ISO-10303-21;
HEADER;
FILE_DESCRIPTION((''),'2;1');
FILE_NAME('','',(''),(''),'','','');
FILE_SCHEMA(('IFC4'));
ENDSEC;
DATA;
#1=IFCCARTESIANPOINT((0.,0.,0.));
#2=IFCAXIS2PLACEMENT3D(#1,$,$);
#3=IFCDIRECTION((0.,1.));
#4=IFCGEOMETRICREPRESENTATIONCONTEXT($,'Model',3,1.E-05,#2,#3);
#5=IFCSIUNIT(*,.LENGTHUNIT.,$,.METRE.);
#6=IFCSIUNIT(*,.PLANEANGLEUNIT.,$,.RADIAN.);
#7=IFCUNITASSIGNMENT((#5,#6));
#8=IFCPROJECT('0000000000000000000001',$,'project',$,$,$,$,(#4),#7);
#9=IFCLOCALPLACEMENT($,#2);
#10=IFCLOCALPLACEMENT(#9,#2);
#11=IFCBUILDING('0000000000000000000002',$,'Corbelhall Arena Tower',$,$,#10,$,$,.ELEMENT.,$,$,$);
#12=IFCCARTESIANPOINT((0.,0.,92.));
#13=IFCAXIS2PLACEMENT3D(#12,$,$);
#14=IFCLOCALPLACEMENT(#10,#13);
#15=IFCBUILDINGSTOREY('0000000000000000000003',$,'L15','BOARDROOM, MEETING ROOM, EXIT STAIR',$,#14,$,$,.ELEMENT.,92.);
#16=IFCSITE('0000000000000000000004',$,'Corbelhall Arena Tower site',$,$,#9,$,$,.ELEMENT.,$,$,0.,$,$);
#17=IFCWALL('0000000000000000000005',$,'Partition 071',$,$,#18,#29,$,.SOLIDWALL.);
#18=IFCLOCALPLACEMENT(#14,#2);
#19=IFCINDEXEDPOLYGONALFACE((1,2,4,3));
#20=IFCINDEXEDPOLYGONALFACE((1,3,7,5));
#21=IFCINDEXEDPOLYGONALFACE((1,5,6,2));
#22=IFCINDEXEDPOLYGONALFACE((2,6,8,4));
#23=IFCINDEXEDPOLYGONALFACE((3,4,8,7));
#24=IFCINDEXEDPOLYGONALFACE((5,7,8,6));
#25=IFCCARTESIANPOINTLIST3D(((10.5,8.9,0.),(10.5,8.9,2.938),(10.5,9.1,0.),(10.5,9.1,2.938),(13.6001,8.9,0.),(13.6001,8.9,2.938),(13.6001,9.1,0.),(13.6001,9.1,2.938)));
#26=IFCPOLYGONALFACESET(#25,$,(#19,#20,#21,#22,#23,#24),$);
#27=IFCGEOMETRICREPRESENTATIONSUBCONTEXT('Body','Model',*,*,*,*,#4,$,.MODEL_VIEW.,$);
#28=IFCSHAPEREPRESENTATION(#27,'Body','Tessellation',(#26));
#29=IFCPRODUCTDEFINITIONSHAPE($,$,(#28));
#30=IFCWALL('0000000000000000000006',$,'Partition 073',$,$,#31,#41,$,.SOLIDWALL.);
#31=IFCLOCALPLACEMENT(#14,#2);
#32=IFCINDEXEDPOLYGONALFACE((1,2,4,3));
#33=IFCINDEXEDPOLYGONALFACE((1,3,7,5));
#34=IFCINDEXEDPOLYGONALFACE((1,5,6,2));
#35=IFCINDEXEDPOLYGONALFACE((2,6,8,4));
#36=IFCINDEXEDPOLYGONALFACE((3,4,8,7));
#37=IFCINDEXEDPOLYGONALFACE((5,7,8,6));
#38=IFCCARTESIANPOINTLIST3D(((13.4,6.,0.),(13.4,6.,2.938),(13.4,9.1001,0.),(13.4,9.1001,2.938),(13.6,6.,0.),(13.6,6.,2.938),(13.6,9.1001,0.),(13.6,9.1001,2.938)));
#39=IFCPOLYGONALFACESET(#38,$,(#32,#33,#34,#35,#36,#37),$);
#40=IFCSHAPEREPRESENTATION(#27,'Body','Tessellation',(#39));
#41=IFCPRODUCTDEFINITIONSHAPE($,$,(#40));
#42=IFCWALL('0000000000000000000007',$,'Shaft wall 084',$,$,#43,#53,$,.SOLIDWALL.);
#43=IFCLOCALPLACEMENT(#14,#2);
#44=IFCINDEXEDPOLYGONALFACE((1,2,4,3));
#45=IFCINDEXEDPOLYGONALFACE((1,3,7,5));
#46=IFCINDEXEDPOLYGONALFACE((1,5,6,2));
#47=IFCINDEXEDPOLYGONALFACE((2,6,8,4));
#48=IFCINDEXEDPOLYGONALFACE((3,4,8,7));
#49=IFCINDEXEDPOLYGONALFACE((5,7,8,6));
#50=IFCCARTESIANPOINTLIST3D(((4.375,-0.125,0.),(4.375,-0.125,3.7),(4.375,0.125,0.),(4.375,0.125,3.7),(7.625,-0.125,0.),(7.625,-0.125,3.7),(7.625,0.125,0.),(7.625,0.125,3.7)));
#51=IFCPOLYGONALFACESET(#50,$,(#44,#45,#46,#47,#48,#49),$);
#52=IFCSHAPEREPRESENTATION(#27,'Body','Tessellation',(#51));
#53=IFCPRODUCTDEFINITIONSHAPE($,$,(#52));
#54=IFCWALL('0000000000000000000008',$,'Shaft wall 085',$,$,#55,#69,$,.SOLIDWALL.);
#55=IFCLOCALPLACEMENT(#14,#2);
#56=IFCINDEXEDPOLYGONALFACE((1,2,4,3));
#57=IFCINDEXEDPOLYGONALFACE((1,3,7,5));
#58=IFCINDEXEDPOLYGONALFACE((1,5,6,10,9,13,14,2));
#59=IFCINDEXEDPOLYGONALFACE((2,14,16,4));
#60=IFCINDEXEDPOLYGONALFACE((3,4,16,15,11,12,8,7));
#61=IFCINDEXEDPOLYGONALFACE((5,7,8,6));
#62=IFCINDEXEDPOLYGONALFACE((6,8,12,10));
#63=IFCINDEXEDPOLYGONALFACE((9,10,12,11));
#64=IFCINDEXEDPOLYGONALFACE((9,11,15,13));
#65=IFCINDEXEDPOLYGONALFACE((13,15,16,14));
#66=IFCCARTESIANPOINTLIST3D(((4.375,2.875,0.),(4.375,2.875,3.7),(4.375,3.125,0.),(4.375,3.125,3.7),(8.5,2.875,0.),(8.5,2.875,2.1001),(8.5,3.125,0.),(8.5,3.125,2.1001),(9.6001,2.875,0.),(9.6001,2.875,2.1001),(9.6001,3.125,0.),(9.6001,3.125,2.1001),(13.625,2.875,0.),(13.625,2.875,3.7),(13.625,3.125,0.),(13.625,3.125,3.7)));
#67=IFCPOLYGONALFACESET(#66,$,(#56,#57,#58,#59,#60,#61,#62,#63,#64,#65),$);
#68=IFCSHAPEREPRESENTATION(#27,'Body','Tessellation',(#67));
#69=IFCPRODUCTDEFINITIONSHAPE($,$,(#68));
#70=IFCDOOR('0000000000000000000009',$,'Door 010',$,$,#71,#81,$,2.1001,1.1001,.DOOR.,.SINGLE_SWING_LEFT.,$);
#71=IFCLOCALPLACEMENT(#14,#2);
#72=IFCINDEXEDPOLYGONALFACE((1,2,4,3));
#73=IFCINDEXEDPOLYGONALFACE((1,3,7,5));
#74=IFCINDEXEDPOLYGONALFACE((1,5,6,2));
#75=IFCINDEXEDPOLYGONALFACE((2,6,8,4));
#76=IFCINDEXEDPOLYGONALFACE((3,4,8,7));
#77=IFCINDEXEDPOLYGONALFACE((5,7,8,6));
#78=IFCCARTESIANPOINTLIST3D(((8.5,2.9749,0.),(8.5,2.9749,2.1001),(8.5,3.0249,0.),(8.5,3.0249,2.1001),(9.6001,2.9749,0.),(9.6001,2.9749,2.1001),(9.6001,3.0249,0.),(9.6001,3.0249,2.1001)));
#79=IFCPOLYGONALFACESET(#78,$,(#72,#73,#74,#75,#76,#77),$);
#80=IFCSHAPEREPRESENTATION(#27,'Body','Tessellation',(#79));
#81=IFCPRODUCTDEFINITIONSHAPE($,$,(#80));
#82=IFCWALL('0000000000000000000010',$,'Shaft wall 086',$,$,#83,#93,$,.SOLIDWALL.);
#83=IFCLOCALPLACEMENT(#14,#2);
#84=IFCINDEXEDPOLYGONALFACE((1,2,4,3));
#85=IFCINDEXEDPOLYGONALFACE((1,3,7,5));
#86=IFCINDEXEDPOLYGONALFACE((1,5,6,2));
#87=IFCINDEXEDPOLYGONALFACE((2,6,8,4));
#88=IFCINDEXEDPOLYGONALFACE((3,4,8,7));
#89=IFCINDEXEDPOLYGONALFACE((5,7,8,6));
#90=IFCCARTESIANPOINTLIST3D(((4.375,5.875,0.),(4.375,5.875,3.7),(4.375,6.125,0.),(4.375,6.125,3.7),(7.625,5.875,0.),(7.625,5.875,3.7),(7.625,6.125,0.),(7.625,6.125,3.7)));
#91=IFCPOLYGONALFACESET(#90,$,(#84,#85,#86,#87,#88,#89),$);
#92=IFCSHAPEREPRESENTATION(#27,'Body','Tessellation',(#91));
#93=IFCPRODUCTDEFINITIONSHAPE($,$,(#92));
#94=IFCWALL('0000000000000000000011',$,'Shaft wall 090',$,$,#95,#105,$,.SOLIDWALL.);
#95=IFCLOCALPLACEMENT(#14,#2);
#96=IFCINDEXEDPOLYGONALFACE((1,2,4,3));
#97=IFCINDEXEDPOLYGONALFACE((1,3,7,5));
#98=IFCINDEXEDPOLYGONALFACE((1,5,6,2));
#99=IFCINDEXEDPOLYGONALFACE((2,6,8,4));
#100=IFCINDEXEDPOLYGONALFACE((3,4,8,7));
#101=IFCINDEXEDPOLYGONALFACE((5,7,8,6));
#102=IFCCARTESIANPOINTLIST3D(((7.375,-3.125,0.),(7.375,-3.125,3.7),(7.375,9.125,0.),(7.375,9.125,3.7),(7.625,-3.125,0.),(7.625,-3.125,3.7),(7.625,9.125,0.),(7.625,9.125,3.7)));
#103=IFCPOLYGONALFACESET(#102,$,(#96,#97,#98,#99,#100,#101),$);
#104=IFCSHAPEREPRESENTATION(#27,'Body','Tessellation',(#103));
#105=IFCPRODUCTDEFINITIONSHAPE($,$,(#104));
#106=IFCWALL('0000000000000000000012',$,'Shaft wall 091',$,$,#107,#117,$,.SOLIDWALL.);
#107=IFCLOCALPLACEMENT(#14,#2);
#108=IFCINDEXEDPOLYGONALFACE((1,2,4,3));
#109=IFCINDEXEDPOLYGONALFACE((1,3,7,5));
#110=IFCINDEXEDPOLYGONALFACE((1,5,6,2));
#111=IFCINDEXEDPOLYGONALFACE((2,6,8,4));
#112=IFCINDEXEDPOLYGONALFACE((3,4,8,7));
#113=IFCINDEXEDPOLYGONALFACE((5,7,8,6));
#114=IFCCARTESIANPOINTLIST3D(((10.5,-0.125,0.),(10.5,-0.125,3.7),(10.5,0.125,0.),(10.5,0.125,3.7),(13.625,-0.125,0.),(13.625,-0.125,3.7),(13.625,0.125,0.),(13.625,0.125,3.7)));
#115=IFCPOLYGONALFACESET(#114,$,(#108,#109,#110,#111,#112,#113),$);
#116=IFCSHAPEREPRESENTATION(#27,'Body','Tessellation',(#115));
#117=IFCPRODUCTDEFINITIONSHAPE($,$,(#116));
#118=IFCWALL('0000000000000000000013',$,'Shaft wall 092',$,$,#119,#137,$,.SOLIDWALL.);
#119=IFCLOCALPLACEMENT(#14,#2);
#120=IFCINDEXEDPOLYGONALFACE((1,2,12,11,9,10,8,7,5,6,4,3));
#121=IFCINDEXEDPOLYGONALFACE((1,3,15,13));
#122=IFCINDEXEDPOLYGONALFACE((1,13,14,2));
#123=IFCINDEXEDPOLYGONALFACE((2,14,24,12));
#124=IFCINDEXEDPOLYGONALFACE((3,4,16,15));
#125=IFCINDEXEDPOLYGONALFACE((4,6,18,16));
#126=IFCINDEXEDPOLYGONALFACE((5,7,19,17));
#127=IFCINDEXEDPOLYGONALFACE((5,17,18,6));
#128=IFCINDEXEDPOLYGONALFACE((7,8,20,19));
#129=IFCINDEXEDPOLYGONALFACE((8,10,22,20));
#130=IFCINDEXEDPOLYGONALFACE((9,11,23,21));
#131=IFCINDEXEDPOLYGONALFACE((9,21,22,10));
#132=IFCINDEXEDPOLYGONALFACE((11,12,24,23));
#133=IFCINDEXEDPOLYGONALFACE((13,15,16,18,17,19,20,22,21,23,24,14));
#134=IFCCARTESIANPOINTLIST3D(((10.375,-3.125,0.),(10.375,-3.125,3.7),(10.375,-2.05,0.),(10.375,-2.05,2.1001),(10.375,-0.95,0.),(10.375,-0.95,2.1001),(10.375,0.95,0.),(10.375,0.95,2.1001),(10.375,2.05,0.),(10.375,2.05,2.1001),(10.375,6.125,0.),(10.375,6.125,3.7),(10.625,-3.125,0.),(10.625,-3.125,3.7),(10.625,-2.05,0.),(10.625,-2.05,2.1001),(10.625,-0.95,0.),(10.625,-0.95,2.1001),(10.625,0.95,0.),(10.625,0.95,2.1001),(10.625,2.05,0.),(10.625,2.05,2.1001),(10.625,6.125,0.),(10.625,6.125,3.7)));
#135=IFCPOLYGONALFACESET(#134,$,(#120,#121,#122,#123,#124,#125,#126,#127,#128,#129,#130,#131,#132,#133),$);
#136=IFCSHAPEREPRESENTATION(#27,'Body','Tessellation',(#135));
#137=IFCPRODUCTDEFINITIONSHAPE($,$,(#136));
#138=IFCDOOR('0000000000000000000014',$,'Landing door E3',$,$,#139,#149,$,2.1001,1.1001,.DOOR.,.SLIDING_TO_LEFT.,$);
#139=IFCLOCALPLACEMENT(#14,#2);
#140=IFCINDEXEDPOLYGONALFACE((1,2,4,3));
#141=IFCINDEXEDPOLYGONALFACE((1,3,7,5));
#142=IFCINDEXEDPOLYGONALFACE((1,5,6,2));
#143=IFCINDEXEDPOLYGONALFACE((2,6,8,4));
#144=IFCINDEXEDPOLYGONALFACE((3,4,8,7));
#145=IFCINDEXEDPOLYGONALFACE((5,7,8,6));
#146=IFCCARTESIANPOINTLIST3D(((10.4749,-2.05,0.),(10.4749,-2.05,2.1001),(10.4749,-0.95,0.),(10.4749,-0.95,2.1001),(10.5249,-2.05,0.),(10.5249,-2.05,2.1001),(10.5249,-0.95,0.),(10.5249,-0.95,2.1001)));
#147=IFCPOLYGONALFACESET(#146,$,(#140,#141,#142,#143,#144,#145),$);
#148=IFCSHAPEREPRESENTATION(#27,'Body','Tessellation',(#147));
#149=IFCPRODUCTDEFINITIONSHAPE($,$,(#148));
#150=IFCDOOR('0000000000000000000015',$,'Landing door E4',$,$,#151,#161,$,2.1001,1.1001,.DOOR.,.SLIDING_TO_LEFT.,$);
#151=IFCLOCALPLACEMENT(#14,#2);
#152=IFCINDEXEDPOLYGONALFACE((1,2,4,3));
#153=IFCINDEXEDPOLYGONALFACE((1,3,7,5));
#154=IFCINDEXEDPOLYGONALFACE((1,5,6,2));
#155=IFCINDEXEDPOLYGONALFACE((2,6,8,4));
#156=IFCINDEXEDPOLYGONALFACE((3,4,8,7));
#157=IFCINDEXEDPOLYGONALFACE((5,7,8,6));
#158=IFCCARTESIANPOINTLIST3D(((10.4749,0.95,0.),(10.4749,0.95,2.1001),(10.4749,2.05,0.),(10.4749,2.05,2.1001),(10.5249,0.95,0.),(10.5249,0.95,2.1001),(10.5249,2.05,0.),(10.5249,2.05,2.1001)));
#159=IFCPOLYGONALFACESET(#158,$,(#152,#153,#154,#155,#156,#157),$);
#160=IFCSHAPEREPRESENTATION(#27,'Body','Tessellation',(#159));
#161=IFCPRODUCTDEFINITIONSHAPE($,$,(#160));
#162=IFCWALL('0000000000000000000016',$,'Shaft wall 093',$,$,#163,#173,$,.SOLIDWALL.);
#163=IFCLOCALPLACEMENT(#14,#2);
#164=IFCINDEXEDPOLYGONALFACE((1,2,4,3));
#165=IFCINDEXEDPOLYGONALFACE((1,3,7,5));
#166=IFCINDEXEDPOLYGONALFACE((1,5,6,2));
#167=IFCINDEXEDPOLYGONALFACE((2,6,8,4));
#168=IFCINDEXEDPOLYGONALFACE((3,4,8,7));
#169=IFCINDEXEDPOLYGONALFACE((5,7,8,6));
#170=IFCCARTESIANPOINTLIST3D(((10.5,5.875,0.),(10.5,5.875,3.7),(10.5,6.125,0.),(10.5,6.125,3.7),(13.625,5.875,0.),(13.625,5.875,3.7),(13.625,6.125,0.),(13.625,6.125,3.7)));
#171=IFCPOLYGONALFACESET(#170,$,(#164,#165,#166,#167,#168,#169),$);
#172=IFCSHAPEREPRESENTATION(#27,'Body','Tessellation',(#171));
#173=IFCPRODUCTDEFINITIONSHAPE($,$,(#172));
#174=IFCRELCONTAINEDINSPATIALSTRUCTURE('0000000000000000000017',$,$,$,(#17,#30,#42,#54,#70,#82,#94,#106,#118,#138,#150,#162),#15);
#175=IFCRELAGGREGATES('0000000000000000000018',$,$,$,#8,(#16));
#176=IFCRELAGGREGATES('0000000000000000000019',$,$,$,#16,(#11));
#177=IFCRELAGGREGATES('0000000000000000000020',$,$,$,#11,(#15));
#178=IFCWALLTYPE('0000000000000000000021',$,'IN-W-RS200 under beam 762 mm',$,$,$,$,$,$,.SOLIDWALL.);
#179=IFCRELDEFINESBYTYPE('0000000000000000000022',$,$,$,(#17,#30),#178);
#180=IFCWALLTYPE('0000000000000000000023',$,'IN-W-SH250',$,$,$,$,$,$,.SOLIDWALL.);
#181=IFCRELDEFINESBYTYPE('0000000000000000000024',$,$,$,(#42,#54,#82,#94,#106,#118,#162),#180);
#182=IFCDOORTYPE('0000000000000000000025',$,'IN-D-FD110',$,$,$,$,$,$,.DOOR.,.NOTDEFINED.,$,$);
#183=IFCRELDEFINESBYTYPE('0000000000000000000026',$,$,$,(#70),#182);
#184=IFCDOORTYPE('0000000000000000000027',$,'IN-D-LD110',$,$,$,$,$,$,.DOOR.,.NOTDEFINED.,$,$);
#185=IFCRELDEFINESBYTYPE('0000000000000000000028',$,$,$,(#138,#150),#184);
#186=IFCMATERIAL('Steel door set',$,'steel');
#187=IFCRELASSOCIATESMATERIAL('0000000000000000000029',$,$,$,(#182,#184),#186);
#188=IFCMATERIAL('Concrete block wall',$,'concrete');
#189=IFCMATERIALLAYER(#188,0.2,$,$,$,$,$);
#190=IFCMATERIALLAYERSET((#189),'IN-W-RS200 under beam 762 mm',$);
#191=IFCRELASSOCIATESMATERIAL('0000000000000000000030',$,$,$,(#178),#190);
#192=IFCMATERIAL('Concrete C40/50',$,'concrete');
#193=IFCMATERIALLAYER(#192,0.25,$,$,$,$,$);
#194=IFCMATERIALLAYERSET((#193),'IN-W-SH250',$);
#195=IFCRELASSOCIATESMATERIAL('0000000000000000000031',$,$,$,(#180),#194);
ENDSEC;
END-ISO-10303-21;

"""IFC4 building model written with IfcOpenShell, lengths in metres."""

from ifc_helpers import new_model, si_unit, direction, frame, frame_2d, origin, place, context, subcontext, project, spatial, rectangle, extrude, material, layer, layer_set, type_object, element, fill, save


model = new_model("IFC4")

# Units and contexts
model_context = context("Model", 3, precision=1e-05, world=origin(), true_north=direction((0.0, 1.0)))
body_context = subcontext(model_context, "Body", "Model", "MODEL_VIEW")
ifc_project = project(units=[si_unit("LENGTHUNIT", "METRE"), si_unit("PLANEANGLEUNIT", "RADIAN")], contexts=[model_context])

# Site, building, storey
site_placement = place(None, origin())
site = spatial("IfcSite", under=ifc_project, at=site_placement, Name="Corbelhall Arena Tower site", CompositionType="ELEMENT", RefElevation=0.0)
building_placement = place(site_placement, origin())
building = spatial("IfcBuilding", under=site, at=building_placement, Name="Corbelhall Arena Tower", CompositionType="ELEMENT")
storey_placement = place(building_placement, frame((0.0, 0.0, 92.0)))
storey = spatial("IfcBuildingStorey", under=building, at=storey_placement, Name="L15", Description="BOARDROOM, MEETING ROOM, EXIT STAIR", CompositionType="ELEMENT", Elevation=92.0)

# Shared definitions
ifc_material_1 = material(Name="Concrete C40/50", Category="concrete")

# Shared definitions
ifc_material_2 = material(Name="Concrete block wall", Category="concrete")
ifc_material_3 = material(Name="Steel door set", Category="steel")
door_type_1 = type_object("IfcDoorType", Name="IN-D-FD110", OperationType="NOTDEFINED", PredefinedType="DOOR", material=ifc_material_3)

# Walls
ifc_layer_1 = layer(ifc_material_2, 0.2)
ifc_layer_set_1 = layer_set([ifc_layer_1], Name="IN-W-RS200 under beam 762 mm")
wall_type_1 = type_object("IfcWallType", Name="IN-W-RS200 under beam 762 mm", PredefinedType="SOLIDWALL", material=ifc_layer_set_1)
for number, where, z_axis, x_axis, name in (
    (1, (10.5, 9.0, 0.0), (0.0, 0.0, 1.0), (1.0, 0.0, 0.0), "Partition 071"),
    (2, (13.5, 9.1001, 0.0), (0.0, 0.0, 1.0), (0.0, -1.0, 0.0), "Partition 073"),
):
    element("IfcWall", number, at=place(storey_placement, frame(where, z_axis=z_axis, x_axis=x_axis)), inside=storey, type_object=wall_type_1, Name=name, PredefinedType="SOLIDWALL", context=body_context, shape_type="SweptSolid", body=[
        extrude(rectangle(XDim=3.1001, YDim=0.2, at=frame_2d((1.55, 0.0))), origin(), (0.0, 0.0, 1.0), 2.938),
    ])
ifc_layer_2 = layer(ifc_material_1, 0.25)
ifc_layer_set_2 = layer_set([ifc_layer_2], Name="IN-W-SH250")
wall_type_2 = type_object("IfcWallType", Name="IN-W-SH250", PredefinedType="SOLIDWALL", material=ifc_layer_set_2)
wall_1_placement = place(storey_placement, frame((4.375, 0.0, 0.0), z_axis=(0.0, 0.0, 1.0), x_axis=(1.0, 0.0, 0.0)))
element("IfcWall", 3, at=wall_1_placement, inside=storey, type_object=wall_type_2, Name="Shaft wall 084", PredefinedType="SOLIDWALL", context=body_context, shape_type="SweptSolid", body=[
    extrude(rectangle(XDim=3.25, YDim=0.25, at=frame_2d((1.625, 0.0))), origin(), (0.0, 0.0, 1.0), 3.7),
])

# Wall, opening, door
wall_2_placement = place(storey_placement, frame((4.375, 3.0, 0.0), z_axis=(0.0, 0.0, 1.0), x_axis=(1.0, 0.0, 0.0)))
wall_2 = element("IfcWall", 4, at=wall_2_placement, inside=storey, type_object=wall_type_2, Name="Shaft wall 085", PredefinedType="SOLIDWALL", context=body_context, shape_type="SweptSolid", body=[
    extrude(rectangle(XDim=9.25, YDim=0.25, at=frame_2d((4.625, 0.0))), origin(), (0.0, 0.0, 1.0), 3.7),
])
opening_1_placement = place(wall_2_placement, frame((4.125, 0.0, 0.0)))
opening_1 = element("IfcOpeningElement", 5, at=opening_1_placement, cuts=wall_2, PredefinedType="OPENING", context=body_context, shape_type="SweptSolid", body=[
    extrude(rectangle(XDim=1.1001, YDim=2.1001, at=frame_2d((0.55, 1.05))), frame((0.0, 0.125, 0.0), z_axis=(0.0, -1.0, 0.0), x_axis=(1.0, 0.0, 0.0)), (0.0, 0.0, 1.0), 0.25),
])
door_1_placement = place(opening_1_placement, origin())
door_1 = element("IfcDoor", 6, at=door_1_placement, inside=storey, type_object=door_type_1, Name="Door 010", OperationType="SINGLE_SWING_LEFT", OverallHeight=2.1001, OverallWidth=1.1001, PredefinedType="DOOR", context=body_context, shape_type="SweptSolid", body=[
    extrude(rectangle(XDim=1.1001, YDim=2.1001, at=frame_2d((0.55, 1.05))), frame((0.0, 0.0249, 0.0), z_axis=(0.0, -1.0, 0.0), x_axis=(1.0, 0.0, 0.0)), (0.0, 0.0, 1.0), 0.05),
])
fill(opening_1, door_1)

# Walls
wall_3_placement = place(storey_placement, frame((4.375, 6.0, 0.0), z_axis=(0.0, 0.0, 1.0), x_axis=(1.0, 0.0, 0.0)))
element("IfcWall", 7, at=wall_3_placement, inside=storey, type_object=wall_type_2, Name="Shaft wall 086", PredefinedType="SOLIDWALL", context=body_context, shape_type="SweptSolid", body=[
    extrude(rectangle(XDim=3.25, YDim=0.25, at=frame_2d((1.625, 0.0))), origin(), (0.0, 0.0, 1.0), 3.7),
])
wall_4_placement = place(storey_placement, frame((7.5, 9.125, 0.0), z_axis=(0.0, 0.0, 1.0), x_axis=(0.0, -1.0, 0.0)))
element("IfcWall", 8, at=wall_4_placement, inside=storey, type_object=wall_type_2, Name="Shaft wall 090", PredefinedType="SOLIDWALL", context=body_context, shape_type="SweptSolid", body=[
    extrude(rectangle(XDim=12.25, YDim=0.25, at=frame_2d((6.125, 0.0))), origin(), (0.0, 0.0, 1.0), 3.7),
])
wall_5_placement = place(storey_placement, frame((10.5, 0.0, 0.0), z_axis=(0.0, 0.0, 1.0), x_axis=(1.0, 0.0, 0.0)))
element("IfcWall", 9, at=wall_5_placement, inside=storey, type_object=wall_type_2, Name="Shaft wall 091", PredefinedType="SOLIDWALL", context=body_context, shape_type="SweptSolid", body=[
    extrude(rectangle(XDim=3.125, YDim=0.25, at=frame_2d((1.5625, 0.0))), origin(), (0.0, 0.0, 1.0), 3.7),
])

# Wall, openings, doors
wall_6_placement = place(storey_placement, frame((10.5, 6.125, 0.0), z_axis=(0.0, 0.0, 1.0), x_axis=(0.0, -1.0, 0.0)))
wall_6 = element("IfcWall", 10, at=wall_6_placement, inside=storey, type_object=wall_type_2, Name="Shaft wall 092", PredefinedType="SOLIDWALL", context=body_context, shape_type="SweptSolid", body=[
    extrude(rectangle(XDim=9.25, YDim=0.25, at=frame_2d((4.625, 0.0))), origin(), (0.0, 0.0, 1.0), 3.7),
])
opening_2_placement = place(wall_6_placement, frame((7.075, 0.0, 0.0)))
opening_2 = element("IfcOpeningElement", 11, at=opening_2_placement, cuts=wall_6, PredefinedType="OPENING", context=body_context, shape_type="SweptSolid", body=[
    extrude(rectangle(XDim=1.1001, YDim=2.1001, at=frame_2d((0.55, 1.05))), frame((0.0, 0.125, 0.0), z_axis=(0.0, -1.0, 0.0), x_axis=(1.0, 0.0, 0.0)), (0.0, 0.0, 1.0), 0.25),
])
opening_3_placement = place(wall_6_placement, frame((4.075, 0.0, 0.0)))
opening_3 = element("IfcOpeningElement", 12, at=opening_3_placement, cuts=wall_6, PredefinedType="OPENING", context=body_context, shape_type="SweptSolid", body=[
    extrude(rectangle(XDim=1.1001, YDim=2.1001, at=frame_2d((0.55, 1.05))), frame((0.0, 0.125, 0.0), z_axis=(0.0, -1.0, 0.0), x_axis=(1.0, 0.0, 0.0)), (0.0, 0.0, 1.0), 0.25),
])
door_type_2 = type_object("IfcDoorType", Name="IN-D-LD110", OperationType="NOTDEFINED", PredefinedType="DOOR", material=ifc_material_3)
door_2_placement = place(opening_2_placement, origin())
door_2 = element("IfcDoor", 13, at=door_2_placement, inside=storey, type_object=door_type_2, Name="Landing door E3", OperationType="SLIDING_TO_LEFT", OverallHeight=2.1001, OverallWidth=1.1001, PredefinedType="DOOR", context=body_context, shape_type="SweptSolid", body=[
    extrude(rectangle(XDim=1.1001, YDim=2.1001, at=frame_2d((0.55, 1.05))), frame((0.0, 0.0249, 0.0), z_axis=(0.0, -1.0, 0.0), x_axis=(1.0, 0.0, 0.0)), (0.0, 0.0, 1.0), 0.05),
])
fill(opening_2, door_2)
door_3_placement = place(opening_3_placement, origin())
door_3 = element("IfcDoor", 14, at=door_3_placement, inside=storey, type_object=door_type_2, Name="Landing door E4", OperationType="SLIDING_TO_LEFT", OverallHeight=2.1001, OverallWidth=1.1001, PredefinedType="DOOR", context=body_context, shape_type="SweptSolid", body=[
    extrude(rectangle(XDim=1.1001, YDim=2.1001, at=frame_2d((0.55, 1.05))), frame((0.0, 0.0249, 0.0), z_axis=(0.0, -1.0, 0.0), x_axis=(1.0, 0.0, 0.0)), (0.0, 0.0, 1.0), 0.05),
])
fill(opening_3, door_3)

# Wall
wall_7_placement = place(storey_placement, frame((10.5, 6.0, 0.0), z_axis=(0.0, 0.0, 1.0), x_axis=(1.0, 0.0, 0.0)))
element("IfcWall", 15, at=wall_7_placement, inside=storey, type_object=wall_type_2, Name="Shaft wall 093", PredefinedType="SOLIDWALL", context=body_context, shape_type="SweptSolid", body=[
    extrude(rectangle(XDim=3.125, YDim=0.25, at=frame_2d((1.5625, 0.0))), origin(), (0.0, 0.0, 1.0), 3.7),
])

save(model, "model.ifc")
